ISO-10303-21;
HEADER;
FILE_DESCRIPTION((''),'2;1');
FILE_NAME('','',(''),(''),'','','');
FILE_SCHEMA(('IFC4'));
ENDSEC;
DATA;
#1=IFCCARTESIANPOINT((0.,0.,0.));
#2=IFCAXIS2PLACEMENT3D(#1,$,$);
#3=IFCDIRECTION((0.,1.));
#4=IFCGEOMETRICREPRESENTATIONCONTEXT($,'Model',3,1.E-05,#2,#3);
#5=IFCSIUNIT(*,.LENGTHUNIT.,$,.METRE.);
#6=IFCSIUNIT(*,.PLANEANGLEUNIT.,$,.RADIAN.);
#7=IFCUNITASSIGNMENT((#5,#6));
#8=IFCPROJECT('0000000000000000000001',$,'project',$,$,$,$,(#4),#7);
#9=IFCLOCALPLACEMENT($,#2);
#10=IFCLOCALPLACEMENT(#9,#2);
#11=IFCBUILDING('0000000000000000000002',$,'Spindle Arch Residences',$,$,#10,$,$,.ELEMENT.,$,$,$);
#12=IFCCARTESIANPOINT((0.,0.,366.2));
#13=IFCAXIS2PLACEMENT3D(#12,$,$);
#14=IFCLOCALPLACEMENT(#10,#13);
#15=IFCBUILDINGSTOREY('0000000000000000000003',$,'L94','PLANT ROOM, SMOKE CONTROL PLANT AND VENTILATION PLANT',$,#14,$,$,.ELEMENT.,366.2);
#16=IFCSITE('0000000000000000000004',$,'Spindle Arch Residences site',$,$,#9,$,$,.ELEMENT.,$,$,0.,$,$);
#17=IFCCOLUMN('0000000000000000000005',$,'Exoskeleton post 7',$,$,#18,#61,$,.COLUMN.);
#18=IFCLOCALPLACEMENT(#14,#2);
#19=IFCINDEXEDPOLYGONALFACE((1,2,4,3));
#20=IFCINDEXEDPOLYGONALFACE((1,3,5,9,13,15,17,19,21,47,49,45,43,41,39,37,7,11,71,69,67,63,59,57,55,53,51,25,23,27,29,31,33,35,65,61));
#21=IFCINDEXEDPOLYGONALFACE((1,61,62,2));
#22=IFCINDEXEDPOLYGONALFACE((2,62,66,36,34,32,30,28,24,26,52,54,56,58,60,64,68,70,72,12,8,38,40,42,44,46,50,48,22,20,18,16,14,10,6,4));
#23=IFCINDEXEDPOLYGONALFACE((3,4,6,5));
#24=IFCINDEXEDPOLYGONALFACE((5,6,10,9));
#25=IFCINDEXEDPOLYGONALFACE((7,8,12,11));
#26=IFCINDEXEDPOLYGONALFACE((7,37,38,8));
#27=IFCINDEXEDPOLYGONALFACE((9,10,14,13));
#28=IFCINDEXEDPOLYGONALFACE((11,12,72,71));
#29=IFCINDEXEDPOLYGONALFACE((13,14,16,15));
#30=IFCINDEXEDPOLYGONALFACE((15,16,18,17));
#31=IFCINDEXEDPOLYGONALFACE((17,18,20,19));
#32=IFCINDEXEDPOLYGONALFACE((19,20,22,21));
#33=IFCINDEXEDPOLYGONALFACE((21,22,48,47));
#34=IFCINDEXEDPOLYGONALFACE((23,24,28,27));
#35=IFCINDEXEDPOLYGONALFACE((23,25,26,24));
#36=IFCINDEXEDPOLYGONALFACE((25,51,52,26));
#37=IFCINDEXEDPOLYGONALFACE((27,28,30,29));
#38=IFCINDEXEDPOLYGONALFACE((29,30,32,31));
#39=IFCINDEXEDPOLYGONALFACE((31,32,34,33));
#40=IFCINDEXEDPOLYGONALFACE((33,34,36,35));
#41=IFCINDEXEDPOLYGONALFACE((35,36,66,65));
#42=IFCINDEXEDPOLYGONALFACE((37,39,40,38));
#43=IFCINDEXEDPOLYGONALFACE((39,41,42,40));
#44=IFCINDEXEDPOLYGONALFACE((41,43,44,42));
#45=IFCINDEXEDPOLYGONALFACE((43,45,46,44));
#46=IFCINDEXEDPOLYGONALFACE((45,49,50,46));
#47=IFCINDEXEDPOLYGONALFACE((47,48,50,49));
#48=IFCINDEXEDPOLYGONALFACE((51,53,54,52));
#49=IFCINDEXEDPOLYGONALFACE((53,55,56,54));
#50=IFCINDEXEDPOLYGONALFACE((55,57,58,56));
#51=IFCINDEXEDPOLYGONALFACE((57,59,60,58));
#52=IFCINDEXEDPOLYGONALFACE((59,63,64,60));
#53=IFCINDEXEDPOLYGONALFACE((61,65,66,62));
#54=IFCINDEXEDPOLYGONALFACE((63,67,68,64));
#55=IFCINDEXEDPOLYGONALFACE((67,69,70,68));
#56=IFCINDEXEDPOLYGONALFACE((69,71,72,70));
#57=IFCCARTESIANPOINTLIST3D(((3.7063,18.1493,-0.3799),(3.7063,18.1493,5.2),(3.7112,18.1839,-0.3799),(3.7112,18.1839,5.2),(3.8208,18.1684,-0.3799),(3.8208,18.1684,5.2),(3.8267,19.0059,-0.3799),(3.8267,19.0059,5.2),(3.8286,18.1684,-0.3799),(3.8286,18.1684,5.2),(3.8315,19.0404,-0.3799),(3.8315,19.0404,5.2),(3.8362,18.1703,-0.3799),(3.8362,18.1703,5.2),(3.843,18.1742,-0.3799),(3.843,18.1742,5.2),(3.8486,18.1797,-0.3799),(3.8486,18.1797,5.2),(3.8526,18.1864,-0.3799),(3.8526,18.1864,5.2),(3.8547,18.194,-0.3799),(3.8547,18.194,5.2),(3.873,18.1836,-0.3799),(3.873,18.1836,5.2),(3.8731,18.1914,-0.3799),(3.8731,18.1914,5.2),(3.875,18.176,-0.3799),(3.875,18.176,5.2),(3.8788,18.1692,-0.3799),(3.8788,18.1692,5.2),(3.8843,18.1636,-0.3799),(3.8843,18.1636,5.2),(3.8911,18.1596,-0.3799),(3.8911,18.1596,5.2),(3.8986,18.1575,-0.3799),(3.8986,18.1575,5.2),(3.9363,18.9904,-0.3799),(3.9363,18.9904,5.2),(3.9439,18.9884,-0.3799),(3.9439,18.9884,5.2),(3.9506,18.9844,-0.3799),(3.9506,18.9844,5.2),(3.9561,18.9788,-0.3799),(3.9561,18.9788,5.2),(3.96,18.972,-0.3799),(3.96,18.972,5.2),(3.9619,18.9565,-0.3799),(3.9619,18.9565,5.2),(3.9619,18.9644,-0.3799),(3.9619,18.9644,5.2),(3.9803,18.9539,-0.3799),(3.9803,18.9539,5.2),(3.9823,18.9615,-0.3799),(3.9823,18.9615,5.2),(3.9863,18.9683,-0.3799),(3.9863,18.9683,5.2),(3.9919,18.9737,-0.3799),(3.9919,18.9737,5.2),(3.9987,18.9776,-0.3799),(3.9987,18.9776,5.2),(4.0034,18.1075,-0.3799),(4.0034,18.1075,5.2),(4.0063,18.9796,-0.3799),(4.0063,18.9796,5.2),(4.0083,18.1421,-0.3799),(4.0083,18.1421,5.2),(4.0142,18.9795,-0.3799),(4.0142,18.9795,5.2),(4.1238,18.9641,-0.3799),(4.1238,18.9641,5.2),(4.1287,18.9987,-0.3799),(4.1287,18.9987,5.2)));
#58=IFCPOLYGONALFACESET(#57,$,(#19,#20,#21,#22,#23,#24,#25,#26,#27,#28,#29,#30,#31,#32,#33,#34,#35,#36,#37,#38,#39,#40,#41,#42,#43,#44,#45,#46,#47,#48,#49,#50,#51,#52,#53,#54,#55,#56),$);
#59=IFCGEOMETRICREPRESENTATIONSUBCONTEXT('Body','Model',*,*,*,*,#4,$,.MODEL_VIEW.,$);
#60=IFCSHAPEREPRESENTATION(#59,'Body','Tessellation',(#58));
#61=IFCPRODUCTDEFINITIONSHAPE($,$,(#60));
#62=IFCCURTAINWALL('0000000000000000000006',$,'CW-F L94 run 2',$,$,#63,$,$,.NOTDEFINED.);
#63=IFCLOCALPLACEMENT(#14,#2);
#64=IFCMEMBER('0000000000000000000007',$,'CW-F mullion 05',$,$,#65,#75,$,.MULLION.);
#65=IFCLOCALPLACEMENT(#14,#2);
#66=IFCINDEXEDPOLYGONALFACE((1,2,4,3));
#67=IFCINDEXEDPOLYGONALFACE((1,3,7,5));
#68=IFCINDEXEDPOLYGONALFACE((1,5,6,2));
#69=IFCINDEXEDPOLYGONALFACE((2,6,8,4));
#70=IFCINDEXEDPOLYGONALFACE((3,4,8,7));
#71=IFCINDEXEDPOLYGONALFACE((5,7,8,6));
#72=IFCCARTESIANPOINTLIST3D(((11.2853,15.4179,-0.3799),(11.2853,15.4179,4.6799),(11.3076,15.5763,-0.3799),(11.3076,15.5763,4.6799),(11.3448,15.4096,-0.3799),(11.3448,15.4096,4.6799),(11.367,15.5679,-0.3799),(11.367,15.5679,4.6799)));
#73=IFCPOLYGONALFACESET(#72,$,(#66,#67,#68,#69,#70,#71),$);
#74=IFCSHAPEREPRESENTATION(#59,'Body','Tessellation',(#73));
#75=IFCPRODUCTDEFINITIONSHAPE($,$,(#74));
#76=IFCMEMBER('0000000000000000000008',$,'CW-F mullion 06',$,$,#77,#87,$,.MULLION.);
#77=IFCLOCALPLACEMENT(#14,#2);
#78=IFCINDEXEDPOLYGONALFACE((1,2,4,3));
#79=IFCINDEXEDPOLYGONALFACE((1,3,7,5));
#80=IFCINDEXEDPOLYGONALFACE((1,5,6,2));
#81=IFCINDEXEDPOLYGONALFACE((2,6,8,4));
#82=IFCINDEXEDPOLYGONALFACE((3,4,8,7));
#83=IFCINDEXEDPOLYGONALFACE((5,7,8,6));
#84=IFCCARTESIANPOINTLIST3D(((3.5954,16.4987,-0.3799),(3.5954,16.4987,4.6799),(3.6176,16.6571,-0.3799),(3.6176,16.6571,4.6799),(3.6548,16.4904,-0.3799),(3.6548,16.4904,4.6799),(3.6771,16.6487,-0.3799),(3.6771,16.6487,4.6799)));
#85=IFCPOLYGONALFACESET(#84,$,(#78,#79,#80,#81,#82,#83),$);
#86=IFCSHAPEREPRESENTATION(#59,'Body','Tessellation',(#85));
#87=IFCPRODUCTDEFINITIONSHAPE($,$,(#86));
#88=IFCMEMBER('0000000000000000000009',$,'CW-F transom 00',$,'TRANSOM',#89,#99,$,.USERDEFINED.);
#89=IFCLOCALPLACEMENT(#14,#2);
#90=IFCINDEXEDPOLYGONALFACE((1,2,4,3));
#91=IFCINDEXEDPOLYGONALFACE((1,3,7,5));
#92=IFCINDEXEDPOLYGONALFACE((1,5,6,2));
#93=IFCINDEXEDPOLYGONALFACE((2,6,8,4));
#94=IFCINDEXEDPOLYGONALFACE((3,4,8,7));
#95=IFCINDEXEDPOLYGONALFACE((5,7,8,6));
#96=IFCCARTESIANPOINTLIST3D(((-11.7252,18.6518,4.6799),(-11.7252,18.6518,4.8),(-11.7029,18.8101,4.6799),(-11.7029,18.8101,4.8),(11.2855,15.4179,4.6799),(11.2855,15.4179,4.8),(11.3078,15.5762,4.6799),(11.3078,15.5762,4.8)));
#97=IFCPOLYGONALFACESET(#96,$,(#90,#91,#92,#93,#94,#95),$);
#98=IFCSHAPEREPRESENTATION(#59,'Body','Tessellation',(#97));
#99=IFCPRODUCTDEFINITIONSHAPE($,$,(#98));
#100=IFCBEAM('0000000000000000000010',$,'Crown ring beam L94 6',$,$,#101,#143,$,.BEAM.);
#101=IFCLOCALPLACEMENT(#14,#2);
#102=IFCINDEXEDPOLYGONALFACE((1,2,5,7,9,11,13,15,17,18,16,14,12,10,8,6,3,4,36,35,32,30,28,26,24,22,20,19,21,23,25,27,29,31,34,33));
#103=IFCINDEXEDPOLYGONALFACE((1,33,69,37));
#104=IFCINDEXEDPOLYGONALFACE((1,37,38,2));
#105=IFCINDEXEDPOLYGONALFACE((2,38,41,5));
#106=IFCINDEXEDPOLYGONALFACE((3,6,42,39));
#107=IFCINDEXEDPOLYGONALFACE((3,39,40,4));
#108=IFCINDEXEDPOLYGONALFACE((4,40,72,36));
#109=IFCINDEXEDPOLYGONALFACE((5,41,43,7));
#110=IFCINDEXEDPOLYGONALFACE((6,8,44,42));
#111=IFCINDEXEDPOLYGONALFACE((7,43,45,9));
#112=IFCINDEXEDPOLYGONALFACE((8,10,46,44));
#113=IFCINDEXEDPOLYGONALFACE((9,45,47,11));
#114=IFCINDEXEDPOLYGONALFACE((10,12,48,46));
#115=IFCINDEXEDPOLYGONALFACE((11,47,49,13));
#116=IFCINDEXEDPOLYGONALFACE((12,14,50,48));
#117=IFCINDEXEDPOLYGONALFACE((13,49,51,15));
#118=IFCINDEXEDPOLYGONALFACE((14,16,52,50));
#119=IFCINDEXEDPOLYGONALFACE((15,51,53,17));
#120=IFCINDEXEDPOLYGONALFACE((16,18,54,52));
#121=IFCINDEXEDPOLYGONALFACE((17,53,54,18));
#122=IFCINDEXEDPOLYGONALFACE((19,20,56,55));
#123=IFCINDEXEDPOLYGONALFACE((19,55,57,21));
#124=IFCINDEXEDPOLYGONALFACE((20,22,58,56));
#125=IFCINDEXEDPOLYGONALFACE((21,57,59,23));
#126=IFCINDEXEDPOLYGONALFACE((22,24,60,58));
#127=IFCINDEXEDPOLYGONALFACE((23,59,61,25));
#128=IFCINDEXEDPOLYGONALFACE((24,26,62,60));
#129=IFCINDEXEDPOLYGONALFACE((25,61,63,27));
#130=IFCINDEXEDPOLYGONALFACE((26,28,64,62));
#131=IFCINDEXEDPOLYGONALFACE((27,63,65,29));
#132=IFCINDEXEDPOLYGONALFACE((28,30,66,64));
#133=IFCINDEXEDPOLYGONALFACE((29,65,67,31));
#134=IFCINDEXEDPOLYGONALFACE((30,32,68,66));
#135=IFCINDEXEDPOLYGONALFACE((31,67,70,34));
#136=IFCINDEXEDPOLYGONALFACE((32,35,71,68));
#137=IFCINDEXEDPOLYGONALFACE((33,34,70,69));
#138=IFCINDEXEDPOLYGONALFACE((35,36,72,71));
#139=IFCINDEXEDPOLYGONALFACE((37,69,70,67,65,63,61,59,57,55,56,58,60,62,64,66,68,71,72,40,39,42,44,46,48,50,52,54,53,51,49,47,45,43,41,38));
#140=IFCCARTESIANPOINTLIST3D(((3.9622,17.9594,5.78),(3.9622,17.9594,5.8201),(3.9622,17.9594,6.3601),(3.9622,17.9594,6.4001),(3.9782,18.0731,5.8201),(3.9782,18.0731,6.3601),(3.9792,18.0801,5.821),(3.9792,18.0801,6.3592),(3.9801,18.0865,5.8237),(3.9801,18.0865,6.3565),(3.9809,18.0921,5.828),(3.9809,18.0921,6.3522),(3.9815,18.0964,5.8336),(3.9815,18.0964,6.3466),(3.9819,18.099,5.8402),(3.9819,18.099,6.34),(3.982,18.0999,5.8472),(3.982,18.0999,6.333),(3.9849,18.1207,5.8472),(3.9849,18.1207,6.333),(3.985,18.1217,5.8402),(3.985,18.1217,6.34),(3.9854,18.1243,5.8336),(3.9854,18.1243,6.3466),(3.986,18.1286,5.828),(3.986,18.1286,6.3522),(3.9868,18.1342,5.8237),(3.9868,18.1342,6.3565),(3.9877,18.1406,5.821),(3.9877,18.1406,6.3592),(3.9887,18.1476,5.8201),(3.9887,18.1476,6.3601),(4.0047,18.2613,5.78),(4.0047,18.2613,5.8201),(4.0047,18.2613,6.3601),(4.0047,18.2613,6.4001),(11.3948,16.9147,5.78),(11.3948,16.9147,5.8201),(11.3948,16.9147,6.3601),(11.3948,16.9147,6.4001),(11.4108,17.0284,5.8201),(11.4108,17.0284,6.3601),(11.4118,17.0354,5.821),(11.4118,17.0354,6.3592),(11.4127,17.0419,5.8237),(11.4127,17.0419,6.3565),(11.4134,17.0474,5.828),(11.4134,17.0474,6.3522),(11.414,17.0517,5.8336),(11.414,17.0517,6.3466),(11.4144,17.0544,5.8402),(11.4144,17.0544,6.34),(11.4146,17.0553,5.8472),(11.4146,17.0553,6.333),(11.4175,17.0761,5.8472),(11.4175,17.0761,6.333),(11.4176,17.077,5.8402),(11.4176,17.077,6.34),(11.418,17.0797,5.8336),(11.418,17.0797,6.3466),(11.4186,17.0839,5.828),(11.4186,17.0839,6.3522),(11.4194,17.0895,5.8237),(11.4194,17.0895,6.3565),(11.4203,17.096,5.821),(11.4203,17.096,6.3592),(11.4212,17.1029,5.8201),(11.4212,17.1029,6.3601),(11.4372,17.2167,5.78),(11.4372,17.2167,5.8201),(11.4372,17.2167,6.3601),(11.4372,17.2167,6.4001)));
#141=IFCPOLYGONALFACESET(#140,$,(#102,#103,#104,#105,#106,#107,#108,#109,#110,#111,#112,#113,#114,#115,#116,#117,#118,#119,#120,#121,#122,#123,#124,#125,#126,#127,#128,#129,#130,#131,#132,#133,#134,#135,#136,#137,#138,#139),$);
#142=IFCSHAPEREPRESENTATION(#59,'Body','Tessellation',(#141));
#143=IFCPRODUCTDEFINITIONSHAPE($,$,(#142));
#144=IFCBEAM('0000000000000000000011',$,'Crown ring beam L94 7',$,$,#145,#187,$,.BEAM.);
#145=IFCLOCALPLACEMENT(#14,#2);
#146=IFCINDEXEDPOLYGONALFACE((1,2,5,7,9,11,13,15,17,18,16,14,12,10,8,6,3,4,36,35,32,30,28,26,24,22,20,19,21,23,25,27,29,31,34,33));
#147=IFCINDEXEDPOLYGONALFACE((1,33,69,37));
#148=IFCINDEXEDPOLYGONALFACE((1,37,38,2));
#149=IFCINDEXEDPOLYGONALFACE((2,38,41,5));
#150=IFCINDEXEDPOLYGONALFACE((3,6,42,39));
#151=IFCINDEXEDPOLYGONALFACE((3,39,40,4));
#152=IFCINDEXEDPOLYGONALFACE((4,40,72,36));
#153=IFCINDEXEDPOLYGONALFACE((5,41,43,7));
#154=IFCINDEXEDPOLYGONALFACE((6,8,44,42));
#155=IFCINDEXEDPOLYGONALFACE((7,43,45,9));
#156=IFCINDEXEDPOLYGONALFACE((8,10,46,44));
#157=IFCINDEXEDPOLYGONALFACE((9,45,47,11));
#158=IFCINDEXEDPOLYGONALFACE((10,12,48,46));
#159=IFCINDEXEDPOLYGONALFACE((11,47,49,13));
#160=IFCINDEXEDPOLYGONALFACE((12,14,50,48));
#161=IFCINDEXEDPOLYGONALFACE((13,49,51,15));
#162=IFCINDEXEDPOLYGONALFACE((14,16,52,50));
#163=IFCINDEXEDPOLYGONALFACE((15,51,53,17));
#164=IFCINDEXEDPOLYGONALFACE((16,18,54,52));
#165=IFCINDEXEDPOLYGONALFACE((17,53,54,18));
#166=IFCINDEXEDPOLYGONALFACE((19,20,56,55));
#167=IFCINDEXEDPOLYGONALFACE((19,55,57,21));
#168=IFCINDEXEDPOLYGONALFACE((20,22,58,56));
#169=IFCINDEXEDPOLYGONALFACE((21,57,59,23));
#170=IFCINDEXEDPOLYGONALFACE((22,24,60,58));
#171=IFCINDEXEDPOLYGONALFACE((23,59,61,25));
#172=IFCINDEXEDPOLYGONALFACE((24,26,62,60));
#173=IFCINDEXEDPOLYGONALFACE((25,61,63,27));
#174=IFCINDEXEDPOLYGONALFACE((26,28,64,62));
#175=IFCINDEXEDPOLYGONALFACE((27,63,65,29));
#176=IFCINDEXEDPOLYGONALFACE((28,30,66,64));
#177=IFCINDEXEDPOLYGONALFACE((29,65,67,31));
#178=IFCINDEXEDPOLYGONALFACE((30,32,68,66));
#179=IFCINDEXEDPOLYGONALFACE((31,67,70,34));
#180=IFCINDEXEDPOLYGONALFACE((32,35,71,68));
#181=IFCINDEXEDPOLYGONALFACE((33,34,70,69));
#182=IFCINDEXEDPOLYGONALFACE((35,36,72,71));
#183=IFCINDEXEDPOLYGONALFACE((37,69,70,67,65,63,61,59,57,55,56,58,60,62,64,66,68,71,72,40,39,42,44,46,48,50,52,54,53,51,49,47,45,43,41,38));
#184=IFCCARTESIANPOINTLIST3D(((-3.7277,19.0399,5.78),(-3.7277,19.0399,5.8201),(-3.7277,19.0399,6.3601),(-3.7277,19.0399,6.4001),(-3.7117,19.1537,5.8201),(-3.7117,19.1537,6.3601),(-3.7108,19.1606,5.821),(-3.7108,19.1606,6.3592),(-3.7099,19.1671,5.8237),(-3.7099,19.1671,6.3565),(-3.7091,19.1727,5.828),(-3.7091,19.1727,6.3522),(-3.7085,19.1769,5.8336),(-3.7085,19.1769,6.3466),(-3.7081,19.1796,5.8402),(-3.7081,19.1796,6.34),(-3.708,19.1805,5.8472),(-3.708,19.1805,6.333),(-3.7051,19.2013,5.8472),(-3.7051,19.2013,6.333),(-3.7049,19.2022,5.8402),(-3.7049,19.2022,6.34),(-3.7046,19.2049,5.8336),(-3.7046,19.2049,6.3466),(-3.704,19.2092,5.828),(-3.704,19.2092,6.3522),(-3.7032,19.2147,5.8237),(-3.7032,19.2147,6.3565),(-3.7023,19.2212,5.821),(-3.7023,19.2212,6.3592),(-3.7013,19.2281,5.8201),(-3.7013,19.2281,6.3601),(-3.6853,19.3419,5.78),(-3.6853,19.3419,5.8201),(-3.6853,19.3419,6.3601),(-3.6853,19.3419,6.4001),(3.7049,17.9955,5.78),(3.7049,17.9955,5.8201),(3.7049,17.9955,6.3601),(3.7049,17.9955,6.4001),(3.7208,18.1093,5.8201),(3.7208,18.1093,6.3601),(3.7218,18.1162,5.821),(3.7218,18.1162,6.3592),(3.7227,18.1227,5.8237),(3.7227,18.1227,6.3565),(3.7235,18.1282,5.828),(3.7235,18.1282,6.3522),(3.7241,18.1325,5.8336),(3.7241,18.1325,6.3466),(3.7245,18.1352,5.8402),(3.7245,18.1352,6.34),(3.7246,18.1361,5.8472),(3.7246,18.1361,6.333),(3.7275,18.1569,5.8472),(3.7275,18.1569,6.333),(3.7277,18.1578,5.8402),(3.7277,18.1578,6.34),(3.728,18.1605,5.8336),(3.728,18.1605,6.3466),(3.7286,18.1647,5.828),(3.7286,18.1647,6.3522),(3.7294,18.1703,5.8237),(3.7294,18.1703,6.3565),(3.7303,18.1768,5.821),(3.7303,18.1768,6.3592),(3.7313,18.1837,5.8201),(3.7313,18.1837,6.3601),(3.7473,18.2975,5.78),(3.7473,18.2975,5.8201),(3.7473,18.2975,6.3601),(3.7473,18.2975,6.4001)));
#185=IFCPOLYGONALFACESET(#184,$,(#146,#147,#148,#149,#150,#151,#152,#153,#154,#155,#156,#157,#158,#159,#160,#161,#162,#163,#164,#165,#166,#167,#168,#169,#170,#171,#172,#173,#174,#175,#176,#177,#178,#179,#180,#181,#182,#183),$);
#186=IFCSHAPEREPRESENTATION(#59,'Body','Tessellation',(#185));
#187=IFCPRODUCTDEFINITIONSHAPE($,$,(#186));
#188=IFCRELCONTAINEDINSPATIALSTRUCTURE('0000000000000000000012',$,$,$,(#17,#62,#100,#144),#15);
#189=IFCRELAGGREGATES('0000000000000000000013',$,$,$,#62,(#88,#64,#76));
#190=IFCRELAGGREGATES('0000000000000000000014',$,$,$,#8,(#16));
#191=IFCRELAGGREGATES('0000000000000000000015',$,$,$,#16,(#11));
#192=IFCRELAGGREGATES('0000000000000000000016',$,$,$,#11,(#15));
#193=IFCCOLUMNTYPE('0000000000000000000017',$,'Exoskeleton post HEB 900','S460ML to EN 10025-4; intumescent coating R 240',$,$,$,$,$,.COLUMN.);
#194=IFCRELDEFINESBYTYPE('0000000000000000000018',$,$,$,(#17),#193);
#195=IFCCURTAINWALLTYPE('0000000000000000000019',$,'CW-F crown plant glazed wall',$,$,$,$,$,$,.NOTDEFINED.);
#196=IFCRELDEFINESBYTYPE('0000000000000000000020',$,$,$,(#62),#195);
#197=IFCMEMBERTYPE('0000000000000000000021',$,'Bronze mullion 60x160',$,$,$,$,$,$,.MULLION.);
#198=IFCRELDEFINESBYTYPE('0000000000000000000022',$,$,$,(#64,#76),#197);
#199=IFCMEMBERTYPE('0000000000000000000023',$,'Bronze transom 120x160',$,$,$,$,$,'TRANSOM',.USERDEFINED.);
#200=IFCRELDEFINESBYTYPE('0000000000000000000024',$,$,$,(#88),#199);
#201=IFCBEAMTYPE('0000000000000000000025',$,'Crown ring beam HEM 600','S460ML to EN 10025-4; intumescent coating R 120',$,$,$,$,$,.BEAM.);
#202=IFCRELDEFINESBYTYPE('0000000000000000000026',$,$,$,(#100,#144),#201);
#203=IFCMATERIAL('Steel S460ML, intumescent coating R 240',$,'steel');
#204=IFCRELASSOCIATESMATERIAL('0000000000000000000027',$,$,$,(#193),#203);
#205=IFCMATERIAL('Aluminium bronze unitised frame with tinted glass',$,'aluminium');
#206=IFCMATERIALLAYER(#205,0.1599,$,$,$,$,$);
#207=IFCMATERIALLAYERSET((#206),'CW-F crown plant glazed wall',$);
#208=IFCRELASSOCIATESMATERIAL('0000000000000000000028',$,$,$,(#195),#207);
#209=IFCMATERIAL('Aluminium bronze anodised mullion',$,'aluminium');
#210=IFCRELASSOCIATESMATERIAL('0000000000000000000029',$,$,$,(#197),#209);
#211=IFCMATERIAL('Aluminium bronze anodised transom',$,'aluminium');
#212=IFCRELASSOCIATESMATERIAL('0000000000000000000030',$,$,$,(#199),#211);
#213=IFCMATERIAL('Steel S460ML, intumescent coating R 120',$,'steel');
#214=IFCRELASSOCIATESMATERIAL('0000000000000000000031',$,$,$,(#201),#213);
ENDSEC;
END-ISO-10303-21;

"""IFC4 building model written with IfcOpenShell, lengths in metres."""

from ifc_helpers import new_model, si_unit, direction, frame, origin, origin_2d, place, context, subcontext, project, spatial, rectangle, i_section, extrude, material, layer, layer_set, material_profile, profile_set, type_object, element, aggregate, save


model = new_model("IFC4")

# Units and contexts
model_context = context("Model", 3, precision=1e-05, world=origin(), true_north=direction((0.0, 1.0)))
body_context = subcontext(model_context, "Body", "Model", "MODEL_VIEW")
ifc_project = project(units=[si_unit("LENGTHUNIT", "METRE"), si_unit("PLANEANGLEUNIT", "RADIAN")], contexts=[model_context])

# Site, building, storey
site_placement = place(None, origin())
site = spatial("IfcSite", under=ifc_project, at=site_placement, Name="Spindle Arch Residences site", CompositionType="ELEMENT", RefElevation=0.0)
building_placement = place(site_placement, origin())
building = spatial("IfcBuilding", under=site, at=building_placement, Name="Spindle Arch Residences", CompositionType="ELEMENT")
storey_placement = place(building_placement, frame((0.0, 0.0, 366.2)))
storey = spatial("IfcBuildingStorey", under=building, at=storey_placement, Name="L94", Description="PLANT ROOM, SMOKE CONTROL PLANT AND VENTILATION PLANT", CompositionType="ELEMENT", Elevation=366.2)

# Column
ifc_material_1 = material(Name="Steel S460ML, intumescent coating R 240", Category="steel")
ifc_material_profile_1 = material_profile(ifc_material_1, i_section(OverallWidth=0.3, OverallDepth=0.8999, WebThickness=0.0186, FlangeThickness=0.0349, FilletRadius=0.03, at=origin_2d()), Name="HEB 900")
ifc_profile_set_1 = profile_set([ifc_material_profile_1], Name="Steel S460ML, intumescent coating R 240")
column_type = type_object("IfcColumnType", Name="Exoskeleton post HEB 900", Description="S460ML to EN 10025-4; intumescent coating R 240", PredefinedType="COLUMN", material=ifc_profile_set_1)
column_placement = place(storey_placement, frame((3.9175, 18.574, -0.3799), z_axis=(0.0, 0.0, 1.0), x_axis=(0.990268, -0.139173, 0.0)))
element("IfcColumn", 1, at=column_placement, inside=storey, type_object=column_type, Name="Exoskeleton post 7", PredefinedType="COLUMN", context=body_context, shape_type="SweptSolid", body=[
    extrude(i_section(OverallWidth=0.3, OverallDepth=0.8999, WebThickness=0.0186, FlangeThickness=0.0349, FilletRadius=0.03, at=origin_2d()), origin(), (0.0, 0.0, 1.0), 5.5798),
])

# Curtain wall, members
ifc_material_2 = material(Name="Aluminium bronze unitised frame with tinted glass", Category="aluminium")
ifc_layer_1 = layer(ifc_material_2, 0.1599)
ifc_layer_set_1 = layer_set([ifc_layer_1], Name="CW-F crown plant glazed wall")
curtain_wall_type = type_object("IfcCurtainWallType", Name="CW-F crown plant glazed wall", PredefinedType="NOTDEFINED", material=ifc_layer_set_1)
curtain_wall_placement = place(storey_placement, origin())
curtain_wall = element("IfcCurtainWall", 2, at=curtain_wall_placement, inside=storey, type_object=curtain_wall_type, Name="CW-F L94 run 2", PredefinedType="NOTDEFINED")
ifc_material_3 = material(Name="Aluminium bronze anodised mullion", Category="aluminium")
ifc_material_profile_2 = material_profile(ifc_material_3, rectangle(XDim=0.1599, YDim=0.0601, at=origin_2d()), Name="MU 60x160")
ifc_profile_set_2 = profile_set([ifc_material_profile_2], Name="Aluminium bronze anodised mullion")
member_type_1 = type_object("IfcMemberType", Name="Bronze mullion 60x160", PredefinedType="MULLION", material=ifc_profile_set_2)
member_1_placement = place(storey_placement, frame((11.3262, 15.4929, -0.3799), z_axis=(0.0, 0.0, 1.0), x_axis=(-0.139173, -0.990268, 0.0)))
member_1 = element("IfcMember", 3, at=member_1_placement, type_object=member_type_1, Name="CW-F mullion 05", PredefinedType="MULLION", context=body_context, shape_type="SweptSolid", body=[
    extrude(rectangle(XDim=0.1599, YDim=0.0601, at=origin_2d()), origin(), (0.0, 0.0, 1.0), 5.0598),
])
member_2_placement = place(storey_placement, frame((3.6362, 16.5737, -0.3799), z_axis=(0.0, 0.0, 1.0), x_axis=(-0.139173, -0.990268, 0.0)))
member_2 = element("IfcMember", 4, at=member_2_placement, type_object=member_type_1, Name="CW-F mullion 06", PredefinedType="MULLION", context=body_context, shape_type="SweptSolid", body=[
    extrude(rectangle(XDim=0.1599, YDim=0.0601, at=origin_2d()), origin(), (0.0, 0.0, 1.0), 5.0598),
])
ifc_material_4 = material(Name="Aluminium bronze anodised transom", Category="aluminium")
ifc_material_profile_3 = material_profile(ifc_material_4, rectangle(XDim=0.1599, YDim=0.1201, at=origin_2d()), Name="TR 120x160")
ifc_profile_set_3 = profile_set([ifc_material_profile_3], Name="Aluminium bronze anodised transom")
member_type_2 = type_object("IfcMemberType", Name="Bronze transom 120x160", ElementType="TRANSOM", PredefinedType="USERDEFINED", material=ifc_profile_set_3)
member_3_placement = place(storey_placement, frame((11.2966, 15.4971, 4.74), z_axis=(-0.990268, 0.13917, 0.0), x_axis=(-0.13917, -0.990268, 0.0)))
member_3 = element("IfcMember", 5, at=member_3_placement, type_object=member_type_2, Name="CW-F transom 00", ObjectType="TRANSOM", PredefinedType="USERDEFINED", context=body_context, shape_type="SweptSolid", body=[
    extrude(rectangle(XDim=0.1599, YDim=0.1201, at=origin_2d()), origin(), (0.0, 0.0, 1.0), 23.2368),
])

# Beams
ifc_material_5 = material(Name="Steel S460ML, intumescent coating R 120", Category="steel")
ifc_material_profile_4 = material_profile(ifc_material_5, i_section(OverallWidth=0.3049, OverallDepth=0.6201, WebThickness=0.021, FlangeThickness=0.04, FilletRadius=0.0271, at=origin_2d()), Name="HEM 600")
ifc_profile_set_4 = profile_set([ifc_material_profile_4], Name="Steel S460ML, intumescent coating R 120")
beam_type_1 = type_object("IfcBeamType", Name="Crown ring beam HEM 600", Description="S460ML to EN 10025-4; intumescent coating R 120", PredefinedType="BEAM", material=ifc_profile_set_4)
for number, where, z_axis, x_axis, name in (
    (6, (11.416, 17.0657, 6.0901), (-0.990266, 0.139185, 0.0), (-0.139185, -0.990266, 0.0), "Crown ring beam L94 6"),
    (7, (3.7261, 18.1465, 6.0901), (-0.990271, 0.139153, 0.0), (-0.139153, -0.990271, 0.0), "Crown ring beam L94 7"),
):
    element("IfcBeam", number, at=place(storey_placement, frame(where, z_axis=z_axis, x_axis=x_axis)), inside=storey, type_object=beam_type_1, Name=name, PredefinedType="BEAM", context=body_context, shape_type="SweptSolid", body=[
        extrude(i_section(OverallWidth=0.3049, OverallDepth=0.6201, WebThickness=0.021, FlangeThickness=0.04, FilletRadius=0.0271, at=origin_2d()), origin(), (0.0, 0.0, 1.0), 7.5056),
    ])

aggregate(curtain_wall, [member_3, member_1, member_2])

save(model, "model.ifc")
